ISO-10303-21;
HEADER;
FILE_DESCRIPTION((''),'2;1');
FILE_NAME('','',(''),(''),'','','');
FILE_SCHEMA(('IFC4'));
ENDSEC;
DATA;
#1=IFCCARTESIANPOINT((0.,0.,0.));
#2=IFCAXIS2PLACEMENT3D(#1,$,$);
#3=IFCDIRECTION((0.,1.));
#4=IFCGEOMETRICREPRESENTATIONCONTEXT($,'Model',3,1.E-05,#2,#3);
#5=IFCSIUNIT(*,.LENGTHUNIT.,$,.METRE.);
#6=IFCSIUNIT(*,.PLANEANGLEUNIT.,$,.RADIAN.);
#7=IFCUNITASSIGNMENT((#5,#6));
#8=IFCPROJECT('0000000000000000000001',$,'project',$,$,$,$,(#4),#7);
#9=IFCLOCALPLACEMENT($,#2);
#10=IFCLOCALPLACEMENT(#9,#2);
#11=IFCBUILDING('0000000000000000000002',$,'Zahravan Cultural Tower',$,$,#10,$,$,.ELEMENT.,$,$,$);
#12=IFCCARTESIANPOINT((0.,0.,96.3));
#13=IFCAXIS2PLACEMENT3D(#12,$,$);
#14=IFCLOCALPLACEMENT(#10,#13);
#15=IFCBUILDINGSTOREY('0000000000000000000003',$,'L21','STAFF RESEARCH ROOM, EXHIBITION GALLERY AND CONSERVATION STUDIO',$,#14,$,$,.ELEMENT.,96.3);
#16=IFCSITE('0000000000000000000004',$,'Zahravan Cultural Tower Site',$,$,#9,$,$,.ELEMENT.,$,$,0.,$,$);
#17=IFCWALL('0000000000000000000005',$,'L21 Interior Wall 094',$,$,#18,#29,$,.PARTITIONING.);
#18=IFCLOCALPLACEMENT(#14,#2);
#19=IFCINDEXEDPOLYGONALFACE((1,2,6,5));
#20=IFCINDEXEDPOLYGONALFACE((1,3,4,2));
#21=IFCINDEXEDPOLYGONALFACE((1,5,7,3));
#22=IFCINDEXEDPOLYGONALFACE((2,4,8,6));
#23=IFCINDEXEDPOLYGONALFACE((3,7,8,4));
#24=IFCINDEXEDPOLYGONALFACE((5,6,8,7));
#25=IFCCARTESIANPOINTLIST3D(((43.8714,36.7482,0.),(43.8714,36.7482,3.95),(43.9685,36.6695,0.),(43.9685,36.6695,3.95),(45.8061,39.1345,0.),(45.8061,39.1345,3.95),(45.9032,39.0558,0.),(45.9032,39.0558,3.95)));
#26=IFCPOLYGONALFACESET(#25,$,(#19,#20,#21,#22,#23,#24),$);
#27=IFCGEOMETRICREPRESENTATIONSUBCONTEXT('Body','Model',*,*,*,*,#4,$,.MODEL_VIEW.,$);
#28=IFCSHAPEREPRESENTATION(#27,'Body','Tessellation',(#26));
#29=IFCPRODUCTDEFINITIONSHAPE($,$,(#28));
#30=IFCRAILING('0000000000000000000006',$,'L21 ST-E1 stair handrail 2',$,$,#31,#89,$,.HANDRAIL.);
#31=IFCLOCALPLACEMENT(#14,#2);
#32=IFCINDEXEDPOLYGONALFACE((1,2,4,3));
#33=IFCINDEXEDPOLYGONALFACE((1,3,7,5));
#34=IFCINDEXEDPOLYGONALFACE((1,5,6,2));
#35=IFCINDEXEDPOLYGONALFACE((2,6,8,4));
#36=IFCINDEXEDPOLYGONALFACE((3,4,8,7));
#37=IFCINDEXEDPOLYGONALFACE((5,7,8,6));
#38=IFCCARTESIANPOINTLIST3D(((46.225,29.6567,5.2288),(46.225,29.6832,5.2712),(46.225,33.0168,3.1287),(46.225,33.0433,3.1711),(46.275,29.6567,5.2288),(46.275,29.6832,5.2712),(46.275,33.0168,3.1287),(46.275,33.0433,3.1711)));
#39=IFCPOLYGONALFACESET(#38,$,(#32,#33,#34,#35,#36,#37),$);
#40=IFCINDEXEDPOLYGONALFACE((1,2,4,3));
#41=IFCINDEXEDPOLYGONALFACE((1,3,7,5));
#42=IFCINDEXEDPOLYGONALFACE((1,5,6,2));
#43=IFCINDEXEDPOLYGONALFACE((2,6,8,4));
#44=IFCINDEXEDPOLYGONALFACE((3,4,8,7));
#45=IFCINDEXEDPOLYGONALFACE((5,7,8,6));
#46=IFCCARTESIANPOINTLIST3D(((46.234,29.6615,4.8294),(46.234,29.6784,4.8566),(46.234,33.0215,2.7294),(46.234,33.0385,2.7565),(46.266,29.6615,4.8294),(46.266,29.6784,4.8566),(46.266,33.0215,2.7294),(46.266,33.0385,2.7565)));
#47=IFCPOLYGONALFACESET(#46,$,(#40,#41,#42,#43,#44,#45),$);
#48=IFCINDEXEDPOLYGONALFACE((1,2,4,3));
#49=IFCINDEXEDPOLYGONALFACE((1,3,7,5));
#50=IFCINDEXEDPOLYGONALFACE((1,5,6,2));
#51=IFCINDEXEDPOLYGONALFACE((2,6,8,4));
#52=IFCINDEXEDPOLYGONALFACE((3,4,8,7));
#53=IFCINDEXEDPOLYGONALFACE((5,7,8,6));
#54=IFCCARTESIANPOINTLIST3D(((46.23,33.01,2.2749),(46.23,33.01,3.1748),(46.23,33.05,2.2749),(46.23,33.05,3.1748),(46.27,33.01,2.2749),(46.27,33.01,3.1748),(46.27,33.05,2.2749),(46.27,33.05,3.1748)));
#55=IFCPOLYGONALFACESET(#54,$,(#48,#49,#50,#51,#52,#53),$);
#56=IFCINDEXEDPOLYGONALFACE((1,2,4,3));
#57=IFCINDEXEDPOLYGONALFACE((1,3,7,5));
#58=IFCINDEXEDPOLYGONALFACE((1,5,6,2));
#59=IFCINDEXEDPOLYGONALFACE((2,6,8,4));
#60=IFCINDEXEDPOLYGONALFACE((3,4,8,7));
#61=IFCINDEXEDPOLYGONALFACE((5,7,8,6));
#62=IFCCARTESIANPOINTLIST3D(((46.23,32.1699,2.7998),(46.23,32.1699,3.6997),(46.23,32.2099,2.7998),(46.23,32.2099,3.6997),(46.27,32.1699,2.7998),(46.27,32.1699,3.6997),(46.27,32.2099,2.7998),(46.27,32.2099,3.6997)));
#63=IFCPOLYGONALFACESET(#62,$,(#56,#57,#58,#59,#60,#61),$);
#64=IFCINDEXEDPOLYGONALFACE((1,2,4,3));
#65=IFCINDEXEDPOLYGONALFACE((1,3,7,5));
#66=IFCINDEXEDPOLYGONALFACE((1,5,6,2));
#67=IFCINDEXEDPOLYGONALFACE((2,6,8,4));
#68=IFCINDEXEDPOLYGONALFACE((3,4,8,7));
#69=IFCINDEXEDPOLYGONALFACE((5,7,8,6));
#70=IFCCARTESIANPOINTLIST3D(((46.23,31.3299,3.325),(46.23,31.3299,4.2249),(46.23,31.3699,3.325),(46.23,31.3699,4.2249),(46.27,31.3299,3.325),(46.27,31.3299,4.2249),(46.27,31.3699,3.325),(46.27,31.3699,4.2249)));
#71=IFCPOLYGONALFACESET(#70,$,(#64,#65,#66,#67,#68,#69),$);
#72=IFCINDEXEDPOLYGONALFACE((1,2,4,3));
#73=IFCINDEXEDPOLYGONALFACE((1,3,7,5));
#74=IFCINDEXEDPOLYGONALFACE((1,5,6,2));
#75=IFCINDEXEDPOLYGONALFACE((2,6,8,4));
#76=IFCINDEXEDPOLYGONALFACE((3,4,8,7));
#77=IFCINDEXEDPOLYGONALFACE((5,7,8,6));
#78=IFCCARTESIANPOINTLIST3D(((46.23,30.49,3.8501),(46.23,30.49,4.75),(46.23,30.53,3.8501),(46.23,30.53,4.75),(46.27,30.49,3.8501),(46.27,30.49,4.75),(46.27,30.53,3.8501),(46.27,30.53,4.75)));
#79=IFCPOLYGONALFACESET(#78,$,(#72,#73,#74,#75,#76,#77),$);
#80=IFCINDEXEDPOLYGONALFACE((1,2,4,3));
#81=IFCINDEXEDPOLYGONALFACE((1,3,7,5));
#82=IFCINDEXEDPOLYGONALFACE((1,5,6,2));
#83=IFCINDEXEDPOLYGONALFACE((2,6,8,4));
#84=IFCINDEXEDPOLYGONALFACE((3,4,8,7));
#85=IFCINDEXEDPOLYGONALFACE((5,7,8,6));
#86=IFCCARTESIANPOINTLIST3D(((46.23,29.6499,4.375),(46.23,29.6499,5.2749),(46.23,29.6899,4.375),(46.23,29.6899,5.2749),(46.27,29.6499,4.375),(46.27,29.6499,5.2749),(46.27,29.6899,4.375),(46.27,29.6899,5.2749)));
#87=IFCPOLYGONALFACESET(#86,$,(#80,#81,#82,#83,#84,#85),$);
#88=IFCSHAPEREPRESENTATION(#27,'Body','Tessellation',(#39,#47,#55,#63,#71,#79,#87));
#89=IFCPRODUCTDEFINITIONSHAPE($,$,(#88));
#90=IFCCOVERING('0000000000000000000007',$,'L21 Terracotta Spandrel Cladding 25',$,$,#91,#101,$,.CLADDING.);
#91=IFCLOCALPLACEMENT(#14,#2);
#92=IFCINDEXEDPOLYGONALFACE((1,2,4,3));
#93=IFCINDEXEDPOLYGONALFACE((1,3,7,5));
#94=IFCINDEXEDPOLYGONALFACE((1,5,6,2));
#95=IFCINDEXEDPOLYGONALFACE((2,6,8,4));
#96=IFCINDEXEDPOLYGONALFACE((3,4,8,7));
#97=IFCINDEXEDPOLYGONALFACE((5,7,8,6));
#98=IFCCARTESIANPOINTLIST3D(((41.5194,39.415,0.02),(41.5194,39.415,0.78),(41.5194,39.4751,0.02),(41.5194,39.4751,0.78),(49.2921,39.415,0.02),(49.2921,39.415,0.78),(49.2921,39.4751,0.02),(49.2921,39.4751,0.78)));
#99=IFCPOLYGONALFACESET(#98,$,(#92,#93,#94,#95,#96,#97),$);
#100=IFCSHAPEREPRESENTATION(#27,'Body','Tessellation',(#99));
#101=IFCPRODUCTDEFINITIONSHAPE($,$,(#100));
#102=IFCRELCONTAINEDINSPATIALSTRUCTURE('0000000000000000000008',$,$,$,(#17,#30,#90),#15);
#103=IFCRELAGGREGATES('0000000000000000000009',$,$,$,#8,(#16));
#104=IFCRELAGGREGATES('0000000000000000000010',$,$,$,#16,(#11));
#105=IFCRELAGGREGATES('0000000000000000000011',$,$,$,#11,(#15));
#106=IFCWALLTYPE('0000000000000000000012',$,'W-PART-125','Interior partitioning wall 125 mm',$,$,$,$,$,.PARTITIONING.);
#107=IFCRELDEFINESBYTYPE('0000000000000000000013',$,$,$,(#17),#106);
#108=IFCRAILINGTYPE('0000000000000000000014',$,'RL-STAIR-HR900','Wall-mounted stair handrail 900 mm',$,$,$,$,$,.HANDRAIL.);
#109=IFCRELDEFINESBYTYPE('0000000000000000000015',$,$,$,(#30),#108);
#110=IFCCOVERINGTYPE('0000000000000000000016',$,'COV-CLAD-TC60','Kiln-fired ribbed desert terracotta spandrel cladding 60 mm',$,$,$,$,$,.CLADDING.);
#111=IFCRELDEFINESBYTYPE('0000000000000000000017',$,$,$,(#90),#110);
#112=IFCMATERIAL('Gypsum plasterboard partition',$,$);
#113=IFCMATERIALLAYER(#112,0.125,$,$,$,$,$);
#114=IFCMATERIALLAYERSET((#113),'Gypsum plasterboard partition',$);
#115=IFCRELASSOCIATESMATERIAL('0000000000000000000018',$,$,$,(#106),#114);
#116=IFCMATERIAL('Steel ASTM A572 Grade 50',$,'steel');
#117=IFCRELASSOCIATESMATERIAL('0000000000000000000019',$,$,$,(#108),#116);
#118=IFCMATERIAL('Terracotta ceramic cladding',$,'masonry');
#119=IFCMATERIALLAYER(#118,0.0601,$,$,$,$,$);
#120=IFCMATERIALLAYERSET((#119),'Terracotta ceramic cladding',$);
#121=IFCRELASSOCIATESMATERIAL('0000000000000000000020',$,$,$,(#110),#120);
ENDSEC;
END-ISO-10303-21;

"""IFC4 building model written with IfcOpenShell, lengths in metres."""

from ifc_helpers import new_model, si_unit, direction, frame, frame_2d, origin, origin_2d, place, context, subcontext, project, spatial, rectangle, extrude, source, transform, mapped, material, layer, layer_set, type_object, element, save


model = new_model("IFC4")

# Units and contexts
model_context = context("Model", 3, precision=1e-05, world=origin(), true_north=direction((0.0, 1.0)))
body_context = subcontext(model_context, "Body", "Model", "MODEL_VIEW")
ifc_project = project(units=[si_unit("LENGTHUNIT", "METRE"), si_unit("PLANEANGLEUNIT", "RADIAN")], contexts=[model_context])

# Site, building, storey
site_placement = place(None, origin())
site = spatial("IfcSite", under=ifc_project, at=site_placement, Name="Zahravan Cultural Tower Site", CompositionType="ELEMENT", RefElevation=0.0)
building_placement = place(site_placement, origin())
building = spatial("IfcBuilding", under=site, at=building_placement, Name="Zahravan Cultural Tower", CompositionType="ELEMENT")
storey_placement = place(building_placement, frame((0.0, 0.0, 96.3)))
storey = spatial("IfcBuildingStorey", under=building, at=storey_placement, Name="L21", Description="STAFF RESEARCH ROOM, EXHIBITION GALLERY AND CONSERVATION STUDIO", CompositionType="ELEMENT", Elevation=96.3)

# Shared definitions
ifc_material_1 = material(Name="Gypsum plasterboard partition")
ifc_layer_1 = layer(ifc_material_1, 0.125)
ifc_layer_set_1 = layer_set([ifc_layer_1], Name="Gypsum plasterboard partition")
wall_type_1 = type_object("IfcWallType", Name="W-PART-125", Description="Interior partitioning wall 125 mm", PredefinedType="PARTITIONING", material=ifc_layer_set_1)
ifc_material_2 = material(Name="Steel ASTM A572 Grade 50", Category="steel")

# Wall
shared_shape_1 = source(origin(), body_context, "Body", "SweptSolid", [
    extrude(rectangle(XDim=3.072, YDim=0.125, at=frame_2d((1.5361, 0.0))), origin(), (0.0, 0.0, 1.0), 3.95),
])
wall_1_placement = place(storey_placement, frame((43.9199, 36.7087, 0.0), z_axis=(0.0, 0.0, 1.0), x_axis=(0.62976, 0.776789, 0.0)))
element("IfcWall", 1, at=wall_1_placement, inside=storey, type_object=wall_type_1, Name="L21 Interior Wall 094", PredefinedType="PARTITIONING", context=body_context, shape_type="MappedRepresentation", body=[
    mapped(shared_shape_1, transform((0.0, 0.0, 0.0), x_axis=(1.0, 0.0, 0.0), y_axis=(0.0, 1.0, 0.0), z_axis=(0.0, 0.0, 1.0), scale=1.0)),
])

# Railing
railing_type = type_object("IfcRailingType", Name="RL-STAIR-HR900", Description="Wall-mounted stair handrail 900 mm", PredefinedType="HANDRAIL", material=ifc_material_2)
railing_placement = place(storey_placement, frame((46.25, 33.03, 2.2749)))
element("IfcRailing", 2, at=railing_placement, inside=storey, type_object=railing_type, Name="L21 ST-E1 stair handrail 2", PredefinedType="HANDRAIL", context=body_context, shape_type="SweptSolid", body=[
    extrude(rectangle(XDim=0.05, YDim=0.05, at=origin_2d()), frame((0.0, 0.0, 0.875), z_axis=(0.0, -0.847995, 0.530004), x_axis=(1.0, 0.0, 0.0)), (0.0, 0.0, 1.0), 3.9624),
    extrude(rectangle(XDim=0.032, YDim=0.032, at=origin_2d()), frame((0.0, 0.0, 0.468), z_axis=(0.0, -0.847995, 0.530004), x_axis=(1.0, 0.0, 0.0)), (0.0, 0.0, 1.0), 3.9624),
    extrude(rectangle(XDim=0.04, YDim=0.04, at=origin_2d()), origin(), (0.0, 0.0, 1.0), 0.8999),
    extrude(rectangle(XDim=0.04, YDim=0.04, at=origin_2d()), frame((0.0, -0.8401, 0.5249)), (0.0, 0.0, 1.0), 0.8999),
    extrude(rectangle(XDim=0.04, YDim=0.04, at=origin_2d()), frame((0.0, -1.6802, 1.05)), (0.0, 0.0, 1.0), 0.8999),
    extrude(rectangle(XDim=0.04, YDim=0.04, at=origin_2d()), frame((0.0, -2.52, 1.5752)), (0.0, 0.0, 1.0), 0.8999),
    extrude(rectangle(XDim=0.04, YDim=0.04, at=origin_2d()), frame((0.0, -3.3601, 2.1001)), (0.0, 0.0, 1.0), 0.8999),
])

# Covering
ifc_material_3 = material(Name="Terracotta ceramic cladding", Category="masonry")
ifc_layer_2 = layer(ifc_material_3, 0.0601)
ifc_layer_set_2 = layer_set([ifc_layer_2], Name="Terracotta ceramic cladding")
covering_type = type_object("IfcCoveringType", Name="COV-CLAD-TC60", Description="Kiln-fired ribbed desert terracotta spandrel cladding 60 mm", PredefinedType="CLADDING", material=ifc_layer_set_2)
shared_shape_2 = source(origin(), body_context, "Body", "SweptSolid", [
    extrude(rectangle(XDim=7.7727, YDim=0.0601, at=origin_2d()), origin(), (0.0, 0.0, 1.0), 0.76),
])
covering_placement = place(storey_placement, frame((45.4058, 39.4451, 0.02), z_axis=(0.0, 0.0, 1.0), x_axis=(1.0, 0.0, 0.0)))
element("IfcCovering", 3, at=covering_placement, inside=storey, type_object=covering_type, Name="L21 Terracotta Spandrel Cladding 25", PredefinedType="CLADDING", context=body_context, shape_type="MappedRepresentation", body=[
    mapped(shared_shape_2, transform((0.0, 0.0, 0.0), x_axis=(1.0, 0.0, 0.0), y_axis=(0.0, 1.0, 0.0), z_axis=(0.0, 0.0, 1.0), scale=1.0)),
])

save(model, "model.ifc")
